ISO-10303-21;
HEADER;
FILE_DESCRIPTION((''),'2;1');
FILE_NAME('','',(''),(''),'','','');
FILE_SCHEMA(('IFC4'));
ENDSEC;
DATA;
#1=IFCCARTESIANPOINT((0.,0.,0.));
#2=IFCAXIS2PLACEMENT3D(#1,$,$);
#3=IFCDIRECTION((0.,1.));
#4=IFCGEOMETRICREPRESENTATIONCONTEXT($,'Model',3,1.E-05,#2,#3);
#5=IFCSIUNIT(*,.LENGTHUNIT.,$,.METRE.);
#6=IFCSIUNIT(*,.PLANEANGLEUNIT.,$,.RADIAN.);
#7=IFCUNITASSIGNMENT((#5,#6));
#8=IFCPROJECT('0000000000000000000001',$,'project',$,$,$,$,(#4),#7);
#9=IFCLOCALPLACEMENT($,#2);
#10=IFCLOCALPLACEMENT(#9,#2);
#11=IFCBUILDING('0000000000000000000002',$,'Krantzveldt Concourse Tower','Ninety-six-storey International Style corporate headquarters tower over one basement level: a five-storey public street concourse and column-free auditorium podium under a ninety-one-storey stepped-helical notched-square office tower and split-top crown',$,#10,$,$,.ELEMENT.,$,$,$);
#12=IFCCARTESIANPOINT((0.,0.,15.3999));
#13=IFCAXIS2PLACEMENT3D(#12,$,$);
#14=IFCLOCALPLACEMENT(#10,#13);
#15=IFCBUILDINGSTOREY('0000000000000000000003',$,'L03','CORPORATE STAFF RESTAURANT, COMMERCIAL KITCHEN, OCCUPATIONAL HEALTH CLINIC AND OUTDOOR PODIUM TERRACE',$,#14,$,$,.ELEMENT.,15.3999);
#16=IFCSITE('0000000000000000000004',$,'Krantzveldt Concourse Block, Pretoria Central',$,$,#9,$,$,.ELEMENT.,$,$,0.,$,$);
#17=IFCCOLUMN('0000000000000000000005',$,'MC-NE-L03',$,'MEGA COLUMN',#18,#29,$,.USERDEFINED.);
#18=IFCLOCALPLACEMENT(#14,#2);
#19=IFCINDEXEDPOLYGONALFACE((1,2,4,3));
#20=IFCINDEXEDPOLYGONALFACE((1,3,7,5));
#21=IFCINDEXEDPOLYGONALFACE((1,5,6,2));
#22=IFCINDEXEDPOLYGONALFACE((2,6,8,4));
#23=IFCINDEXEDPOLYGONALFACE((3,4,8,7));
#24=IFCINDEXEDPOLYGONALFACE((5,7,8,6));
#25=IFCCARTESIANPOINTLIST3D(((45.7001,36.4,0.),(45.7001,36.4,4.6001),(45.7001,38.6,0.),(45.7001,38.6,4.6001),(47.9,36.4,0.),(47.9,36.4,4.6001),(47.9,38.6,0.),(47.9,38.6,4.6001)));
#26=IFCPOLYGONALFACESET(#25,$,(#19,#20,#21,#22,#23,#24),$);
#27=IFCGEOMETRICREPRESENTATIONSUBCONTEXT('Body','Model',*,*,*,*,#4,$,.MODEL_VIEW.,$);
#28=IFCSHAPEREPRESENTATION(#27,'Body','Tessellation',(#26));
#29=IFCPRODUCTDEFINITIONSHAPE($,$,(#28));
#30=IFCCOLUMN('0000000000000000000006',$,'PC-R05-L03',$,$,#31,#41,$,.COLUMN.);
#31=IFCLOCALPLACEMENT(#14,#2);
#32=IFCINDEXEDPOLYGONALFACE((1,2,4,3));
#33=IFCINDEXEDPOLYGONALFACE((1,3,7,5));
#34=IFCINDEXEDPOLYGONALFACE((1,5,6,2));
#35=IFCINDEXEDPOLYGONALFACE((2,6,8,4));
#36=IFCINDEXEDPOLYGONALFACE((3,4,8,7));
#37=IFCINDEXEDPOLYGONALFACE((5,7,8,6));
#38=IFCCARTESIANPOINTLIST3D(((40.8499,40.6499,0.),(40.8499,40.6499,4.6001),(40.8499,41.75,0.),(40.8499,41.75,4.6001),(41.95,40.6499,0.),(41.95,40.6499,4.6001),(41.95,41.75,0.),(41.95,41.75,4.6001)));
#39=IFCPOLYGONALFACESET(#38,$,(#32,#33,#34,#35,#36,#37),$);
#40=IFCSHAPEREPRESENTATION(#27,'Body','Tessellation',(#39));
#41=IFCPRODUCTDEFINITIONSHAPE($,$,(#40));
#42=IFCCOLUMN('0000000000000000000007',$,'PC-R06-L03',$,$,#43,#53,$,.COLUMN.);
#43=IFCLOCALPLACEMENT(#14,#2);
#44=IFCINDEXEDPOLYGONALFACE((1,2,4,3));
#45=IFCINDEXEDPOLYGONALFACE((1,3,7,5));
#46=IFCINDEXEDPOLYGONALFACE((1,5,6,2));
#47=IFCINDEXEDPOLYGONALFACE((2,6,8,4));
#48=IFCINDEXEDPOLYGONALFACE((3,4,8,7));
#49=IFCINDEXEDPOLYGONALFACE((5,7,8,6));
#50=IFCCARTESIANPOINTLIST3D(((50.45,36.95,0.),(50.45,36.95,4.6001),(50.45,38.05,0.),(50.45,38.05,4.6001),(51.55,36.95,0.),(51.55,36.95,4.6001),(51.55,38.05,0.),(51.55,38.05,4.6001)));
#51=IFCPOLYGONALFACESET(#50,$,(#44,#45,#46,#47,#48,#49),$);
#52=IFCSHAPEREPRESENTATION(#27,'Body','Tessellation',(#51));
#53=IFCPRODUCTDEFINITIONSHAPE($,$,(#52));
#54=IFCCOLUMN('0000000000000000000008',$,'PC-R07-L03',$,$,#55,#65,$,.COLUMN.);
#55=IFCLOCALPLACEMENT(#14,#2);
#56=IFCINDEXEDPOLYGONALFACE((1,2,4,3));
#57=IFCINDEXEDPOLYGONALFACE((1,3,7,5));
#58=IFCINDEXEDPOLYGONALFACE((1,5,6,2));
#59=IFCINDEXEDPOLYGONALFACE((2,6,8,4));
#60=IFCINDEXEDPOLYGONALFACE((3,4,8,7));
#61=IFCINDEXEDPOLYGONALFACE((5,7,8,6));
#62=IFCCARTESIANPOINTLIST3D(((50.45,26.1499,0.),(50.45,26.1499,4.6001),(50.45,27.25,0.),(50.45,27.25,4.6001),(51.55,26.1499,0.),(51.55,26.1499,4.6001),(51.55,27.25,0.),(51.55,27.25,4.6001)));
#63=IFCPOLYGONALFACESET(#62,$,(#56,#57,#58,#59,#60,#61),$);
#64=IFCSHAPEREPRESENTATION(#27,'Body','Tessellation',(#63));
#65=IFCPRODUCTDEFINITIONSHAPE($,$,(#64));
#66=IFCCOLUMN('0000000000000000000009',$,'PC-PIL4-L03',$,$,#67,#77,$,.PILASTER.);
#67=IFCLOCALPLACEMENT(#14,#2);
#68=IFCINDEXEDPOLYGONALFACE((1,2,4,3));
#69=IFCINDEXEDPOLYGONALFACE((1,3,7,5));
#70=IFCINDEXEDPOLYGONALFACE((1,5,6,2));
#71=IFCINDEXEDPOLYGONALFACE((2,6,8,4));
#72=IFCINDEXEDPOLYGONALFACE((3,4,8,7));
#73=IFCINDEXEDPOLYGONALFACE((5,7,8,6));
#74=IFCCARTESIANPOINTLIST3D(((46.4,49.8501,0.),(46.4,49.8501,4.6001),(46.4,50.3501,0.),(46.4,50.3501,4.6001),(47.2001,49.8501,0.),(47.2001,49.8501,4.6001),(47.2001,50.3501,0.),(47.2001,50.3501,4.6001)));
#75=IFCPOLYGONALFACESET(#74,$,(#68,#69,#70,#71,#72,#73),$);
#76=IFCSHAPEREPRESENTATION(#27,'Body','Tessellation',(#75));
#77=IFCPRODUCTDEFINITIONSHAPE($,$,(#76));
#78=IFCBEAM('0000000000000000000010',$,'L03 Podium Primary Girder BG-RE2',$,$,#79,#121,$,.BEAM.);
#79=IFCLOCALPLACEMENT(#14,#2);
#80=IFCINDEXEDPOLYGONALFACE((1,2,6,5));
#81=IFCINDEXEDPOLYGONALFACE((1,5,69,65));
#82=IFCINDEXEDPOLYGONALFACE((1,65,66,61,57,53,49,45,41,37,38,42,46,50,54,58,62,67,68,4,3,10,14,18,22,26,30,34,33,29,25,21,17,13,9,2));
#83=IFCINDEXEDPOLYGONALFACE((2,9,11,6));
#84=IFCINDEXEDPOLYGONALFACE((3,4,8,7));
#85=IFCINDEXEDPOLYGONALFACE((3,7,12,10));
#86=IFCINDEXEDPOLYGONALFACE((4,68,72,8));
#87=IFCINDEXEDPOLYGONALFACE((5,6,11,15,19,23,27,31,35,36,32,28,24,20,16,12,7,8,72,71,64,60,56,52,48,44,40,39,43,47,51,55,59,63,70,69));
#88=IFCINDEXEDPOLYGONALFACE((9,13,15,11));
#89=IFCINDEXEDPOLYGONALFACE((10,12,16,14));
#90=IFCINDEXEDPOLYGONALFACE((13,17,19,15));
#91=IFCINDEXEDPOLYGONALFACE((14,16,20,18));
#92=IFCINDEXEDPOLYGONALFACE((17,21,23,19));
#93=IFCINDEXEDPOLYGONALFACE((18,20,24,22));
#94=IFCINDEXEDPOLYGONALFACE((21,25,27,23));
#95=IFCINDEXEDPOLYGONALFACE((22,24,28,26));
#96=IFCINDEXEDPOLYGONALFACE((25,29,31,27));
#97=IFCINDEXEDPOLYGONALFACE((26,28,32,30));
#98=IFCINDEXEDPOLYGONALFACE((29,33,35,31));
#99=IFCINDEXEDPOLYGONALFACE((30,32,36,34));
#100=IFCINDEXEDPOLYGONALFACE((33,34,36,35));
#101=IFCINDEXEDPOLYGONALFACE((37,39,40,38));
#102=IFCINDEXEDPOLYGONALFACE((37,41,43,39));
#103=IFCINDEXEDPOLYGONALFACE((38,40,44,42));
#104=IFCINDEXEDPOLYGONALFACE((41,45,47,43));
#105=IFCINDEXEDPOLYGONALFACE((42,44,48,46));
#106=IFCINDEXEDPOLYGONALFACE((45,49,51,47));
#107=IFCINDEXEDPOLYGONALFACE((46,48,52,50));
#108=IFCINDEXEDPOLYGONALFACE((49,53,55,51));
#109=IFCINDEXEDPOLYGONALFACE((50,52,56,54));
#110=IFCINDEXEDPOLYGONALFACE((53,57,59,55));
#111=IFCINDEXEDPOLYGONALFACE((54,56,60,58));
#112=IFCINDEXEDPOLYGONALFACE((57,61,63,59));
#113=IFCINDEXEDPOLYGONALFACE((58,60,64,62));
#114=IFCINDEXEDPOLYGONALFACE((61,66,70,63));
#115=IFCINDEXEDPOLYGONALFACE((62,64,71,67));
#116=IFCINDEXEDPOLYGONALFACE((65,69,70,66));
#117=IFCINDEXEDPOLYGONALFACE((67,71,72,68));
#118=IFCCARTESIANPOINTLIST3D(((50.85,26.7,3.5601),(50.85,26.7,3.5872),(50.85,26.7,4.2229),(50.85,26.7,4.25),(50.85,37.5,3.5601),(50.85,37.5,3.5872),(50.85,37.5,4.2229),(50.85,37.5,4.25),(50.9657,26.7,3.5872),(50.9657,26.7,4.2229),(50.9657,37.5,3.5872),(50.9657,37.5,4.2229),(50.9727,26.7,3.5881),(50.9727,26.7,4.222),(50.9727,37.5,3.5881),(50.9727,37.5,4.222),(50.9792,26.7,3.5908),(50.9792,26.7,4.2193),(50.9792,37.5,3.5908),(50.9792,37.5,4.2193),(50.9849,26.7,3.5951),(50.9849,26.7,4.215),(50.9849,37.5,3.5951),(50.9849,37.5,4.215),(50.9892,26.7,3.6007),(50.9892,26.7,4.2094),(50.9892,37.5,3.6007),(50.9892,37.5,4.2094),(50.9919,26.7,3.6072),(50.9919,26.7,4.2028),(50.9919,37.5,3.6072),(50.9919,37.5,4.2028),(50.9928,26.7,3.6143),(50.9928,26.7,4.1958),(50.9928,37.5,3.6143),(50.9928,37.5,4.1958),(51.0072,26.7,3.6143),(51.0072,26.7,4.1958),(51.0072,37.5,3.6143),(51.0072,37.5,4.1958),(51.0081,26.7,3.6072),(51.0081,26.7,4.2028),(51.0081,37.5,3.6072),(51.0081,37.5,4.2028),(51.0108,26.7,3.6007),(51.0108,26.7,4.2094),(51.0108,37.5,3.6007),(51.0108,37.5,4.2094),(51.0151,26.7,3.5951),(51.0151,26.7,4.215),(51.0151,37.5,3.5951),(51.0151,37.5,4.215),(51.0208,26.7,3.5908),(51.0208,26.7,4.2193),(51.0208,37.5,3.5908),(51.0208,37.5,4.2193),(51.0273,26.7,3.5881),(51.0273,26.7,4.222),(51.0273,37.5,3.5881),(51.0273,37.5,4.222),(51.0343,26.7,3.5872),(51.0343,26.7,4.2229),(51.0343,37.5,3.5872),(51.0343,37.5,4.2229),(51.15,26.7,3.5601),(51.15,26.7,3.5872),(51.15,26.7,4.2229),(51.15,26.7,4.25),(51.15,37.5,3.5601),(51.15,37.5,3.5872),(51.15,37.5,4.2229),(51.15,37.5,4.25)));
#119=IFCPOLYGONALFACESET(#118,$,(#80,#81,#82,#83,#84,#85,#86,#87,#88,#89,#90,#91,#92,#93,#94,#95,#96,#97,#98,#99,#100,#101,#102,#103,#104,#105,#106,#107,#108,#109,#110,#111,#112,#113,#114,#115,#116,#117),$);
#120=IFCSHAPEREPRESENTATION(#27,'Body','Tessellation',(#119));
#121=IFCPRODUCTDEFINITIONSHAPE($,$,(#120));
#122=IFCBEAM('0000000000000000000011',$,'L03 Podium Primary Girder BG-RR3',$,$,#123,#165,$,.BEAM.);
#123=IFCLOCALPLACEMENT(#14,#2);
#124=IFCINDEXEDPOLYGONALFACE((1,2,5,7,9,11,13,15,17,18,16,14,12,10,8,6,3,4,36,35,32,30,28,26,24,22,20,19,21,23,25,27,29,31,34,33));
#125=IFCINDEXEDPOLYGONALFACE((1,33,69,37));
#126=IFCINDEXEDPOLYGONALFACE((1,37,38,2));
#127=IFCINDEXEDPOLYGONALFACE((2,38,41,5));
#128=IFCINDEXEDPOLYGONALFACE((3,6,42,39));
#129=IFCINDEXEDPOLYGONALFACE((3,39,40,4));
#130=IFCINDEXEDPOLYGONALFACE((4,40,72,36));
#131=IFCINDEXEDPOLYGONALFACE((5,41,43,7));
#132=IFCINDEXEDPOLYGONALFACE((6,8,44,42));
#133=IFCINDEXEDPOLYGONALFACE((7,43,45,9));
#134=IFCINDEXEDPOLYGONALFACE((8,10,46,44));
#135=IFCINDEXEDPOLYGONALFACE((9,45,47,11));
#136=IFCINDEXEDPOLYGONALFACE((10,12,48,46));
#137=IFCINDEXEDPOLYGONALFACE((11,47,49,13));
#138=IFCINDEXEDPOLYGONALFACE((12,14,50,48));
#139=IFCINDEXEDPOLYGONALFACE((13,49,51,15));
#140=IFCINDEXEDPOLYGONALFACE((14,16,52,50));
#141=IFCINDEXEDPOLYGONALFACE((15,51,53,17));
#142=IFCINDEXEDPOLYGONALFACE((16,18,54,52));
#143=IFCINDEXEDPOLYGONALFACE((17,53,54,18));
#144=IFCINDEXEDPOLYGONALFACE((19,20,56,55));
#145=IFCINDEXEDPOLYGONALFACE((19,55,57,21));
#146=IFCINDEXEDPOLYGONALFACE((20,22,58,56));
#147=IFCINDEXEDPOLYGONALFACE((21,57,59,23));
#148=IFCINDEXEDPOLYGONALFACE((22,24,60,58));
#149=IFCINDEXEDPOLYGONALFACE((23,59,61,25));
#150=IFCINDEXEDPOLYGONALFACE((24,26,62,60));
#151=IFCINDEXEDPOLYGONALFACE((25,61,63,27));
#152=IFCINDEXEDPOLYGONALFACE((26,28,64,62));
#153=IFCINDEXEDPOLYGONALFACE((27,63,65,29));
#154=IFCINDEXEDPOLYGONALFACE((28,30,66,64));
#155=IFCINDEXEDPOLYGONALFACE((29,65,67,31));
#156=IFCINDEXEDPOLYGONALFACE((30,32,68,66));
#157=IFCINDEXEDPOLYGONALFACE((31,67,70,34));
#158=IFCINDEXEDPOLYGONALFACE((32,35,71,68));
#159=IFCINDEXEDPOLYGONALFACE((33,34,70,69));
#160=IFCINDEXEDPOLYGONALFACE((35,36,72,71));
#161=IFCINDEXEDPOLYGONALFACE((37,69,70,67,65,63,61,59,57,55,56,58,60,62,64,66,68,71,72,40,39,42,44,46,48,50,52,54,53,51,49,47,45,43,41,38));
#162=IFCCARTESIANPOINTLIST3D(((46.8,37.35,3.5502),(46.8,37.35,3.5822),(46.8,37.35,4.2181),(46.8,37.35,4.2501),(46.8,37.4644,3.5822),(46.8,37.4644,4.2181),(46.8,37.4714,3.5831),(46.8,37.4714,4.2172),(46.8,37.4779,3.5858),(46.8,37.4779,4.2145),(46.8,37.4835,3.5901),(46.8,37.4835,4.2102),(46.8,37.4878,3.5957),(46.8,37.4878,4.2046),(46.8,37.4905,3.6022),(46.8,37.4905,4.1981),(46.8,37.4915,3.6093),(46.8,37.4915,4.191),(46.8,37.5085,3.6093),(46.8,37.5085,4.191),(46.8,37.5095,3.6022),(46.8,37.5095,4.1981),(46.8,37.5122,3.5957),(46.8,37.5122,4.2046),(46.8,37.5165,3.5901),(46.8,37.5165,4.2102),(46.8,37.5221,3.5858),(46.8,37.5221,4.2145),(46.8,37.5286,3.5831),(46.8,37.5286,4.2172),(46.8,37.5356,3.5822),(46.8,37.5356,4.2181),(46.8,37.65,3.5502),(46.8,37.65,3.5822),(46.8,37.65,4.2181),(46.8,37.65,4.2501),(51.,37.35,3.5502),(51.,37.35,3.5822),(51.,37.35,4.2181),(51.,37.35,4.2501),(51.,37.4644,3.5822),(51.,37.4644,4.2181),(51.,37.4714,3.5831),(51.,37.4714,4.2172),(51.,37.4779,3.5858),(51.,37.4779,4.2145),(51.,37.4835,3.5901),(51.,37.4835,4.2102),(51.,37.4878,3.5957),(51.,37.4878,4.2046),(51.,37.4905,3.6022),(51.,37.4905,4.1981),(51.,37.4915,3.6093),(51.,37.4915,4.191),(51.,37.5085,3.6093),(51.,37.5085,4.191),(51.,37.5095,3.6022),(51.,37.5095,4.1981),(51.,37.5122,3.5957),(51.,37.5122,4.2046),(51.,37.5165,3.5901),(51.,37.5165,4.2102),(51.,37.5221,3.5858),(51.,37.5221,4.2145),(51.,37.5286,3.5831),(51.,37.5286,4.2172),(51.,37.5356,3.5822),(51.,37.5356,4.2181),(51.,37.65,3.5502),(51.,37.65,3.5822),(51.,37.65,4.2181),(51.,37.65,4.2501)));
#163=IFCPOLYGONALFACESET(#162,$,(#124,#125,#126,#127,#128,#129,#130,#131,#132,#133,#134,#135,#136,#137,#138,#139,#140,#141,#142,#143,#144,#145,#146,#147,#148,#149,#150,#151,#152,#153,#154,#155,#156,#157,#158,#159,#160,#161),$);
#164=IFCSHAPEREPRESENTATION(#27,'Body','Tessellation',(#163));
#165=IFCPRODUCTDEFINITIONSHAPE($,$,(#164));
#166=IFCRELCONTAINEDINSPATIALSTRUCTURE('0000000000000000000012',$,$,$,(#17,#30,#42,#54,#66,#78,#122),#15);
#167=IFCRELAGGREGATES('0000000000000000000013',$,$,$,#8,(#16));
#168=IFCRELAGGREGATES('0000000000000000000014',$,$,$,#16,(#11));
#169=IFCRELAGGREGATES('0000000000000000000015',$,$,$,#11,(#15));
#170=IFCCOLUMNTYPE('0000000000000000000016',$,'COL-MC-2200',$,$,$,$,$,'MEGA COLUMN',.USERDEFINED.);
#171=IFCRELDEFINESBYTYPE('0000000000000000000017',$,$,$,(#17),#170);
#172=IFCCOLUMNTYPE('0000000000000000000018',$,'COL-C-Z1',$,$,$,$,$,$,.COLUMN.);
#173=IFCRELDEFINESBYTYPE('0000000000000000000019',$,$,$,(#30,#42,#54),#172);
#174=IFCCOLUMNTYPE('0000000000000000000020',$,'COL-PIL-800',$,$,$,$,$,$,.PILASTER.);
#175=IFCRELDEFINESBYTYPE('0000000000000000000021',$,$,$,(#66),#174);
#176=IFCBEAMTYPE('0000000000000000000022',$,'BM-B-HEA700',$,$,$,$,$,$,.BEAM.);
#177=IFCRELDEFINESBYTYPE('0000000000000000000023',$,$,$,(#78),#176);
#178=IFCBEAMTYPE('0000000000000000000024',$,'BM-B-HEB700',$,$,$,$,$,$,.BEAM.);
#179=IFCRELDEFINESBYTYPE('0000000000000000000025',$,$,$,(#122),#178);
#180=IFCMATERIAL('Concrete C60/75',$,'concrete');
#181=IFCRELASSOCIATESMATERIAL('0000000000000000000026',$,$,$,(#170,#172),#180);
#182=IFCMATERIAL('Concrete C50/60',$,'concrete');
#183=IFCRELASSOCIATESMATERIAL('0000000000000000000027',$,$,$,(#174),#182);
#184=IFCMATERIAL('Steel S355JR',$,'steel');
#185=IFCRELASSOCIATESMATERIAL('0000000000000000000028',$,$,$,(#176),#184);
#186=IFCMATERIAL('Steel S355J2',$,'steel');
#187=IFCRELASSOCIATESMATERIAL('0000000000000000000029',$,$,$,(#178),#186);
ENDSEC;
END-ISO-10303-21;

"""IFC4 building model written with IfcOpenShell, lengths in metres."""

from ifc_helpers import new_model, si_unit, direction, frame, origin, origin_2d, place, context, subcontext, project, spatial, rectangle, i_section, extrude, source, transform, mapped, material, material_profile, profile_set, type_object, type_shapes, element, save


model = new_model("IFC4")

# Units and contexts
model_context = context("Model", 3, precision=1e-05, world=origin(), true_north=direction((0.0, 1.0)))
body_context = subcontext(model_context, "Body", "Model", "MODEL_VIEW")
ifc_project = project(units=[si_unit("LENGTHUNIT", "METRE"), si_unit("PLANEANGLEUNIT", "RADIAN")], contexts=[model_context])

# Site, building, storey
site_placement = place(None, origin())
site = spatial("IfcSite", under=ifc_project, at=site_placement, Name="Krantzveldt Concourse Block, Pretoria Central", CompositionType="ELEMENT", RefElevation=0.0)
building_placement = place(site_placement, origin())
building = spatial("IfcBuilding", under=site, at=building_placement, Name="Krantzveldt Concourse Tower", Description="Ninety-six-storey International Style corporate headquarters tower over one basement level: a five-storey public street concourse and column-free auditorium podium under a ninety-one-storey stepped-helical notched-square office tower and split-top crown", CompositionType="ELEMENT")
storey_placement = place(building_placement, frame((0.0, 0.0, 15.3999)))
storey = spatial("IfcBuildingStorey", under=building, at=storey_placement, Name="L03", Description="CORPORATE STAFF RESTAURANT, COMMERCIAL KITCHEN, OCCUPATIONAL HEALTH CLINIC AND OUTDOOR PODIUM TERRACE", CompositionType="ELEMENT", Elevation=15.3999)

# Columns
ifc_material_1 = material(Name="Concrete C60/75", Category="concrete")
ifc_material_profile_1 = material_profile(ifc_material_1, rectangle(XDim=2.2, YDim=2.2, at=origin_2d()), Name="Concrete C60/75", Category="concrete")
ifc_profile_set_1 = profile_set([ifc_material_profile_1], Name="Concrete C60/75 - RC 2200x2200")
column_type_1 = type_object("IfcColumnType", Name="COL-MC-2200", ElementType="MEGA COLUMN", PredefinedType="USERDEFINED", material=ifc_profile_set_1)
shared_shape_1 = source(origin(), body_context, "Body", "SweptSolid", [
    extrude(rectangle(XDim=2.2, YDim=2.2, at=origin_2d()), origin(), (0.0, 0.0, 1.0), 4.6001),
])
type_shapes(column_type_1, [shared_shape_1])
column_1_placement = place(storey_placement, frame((46.8, 37.5, 0.0), z_axis=(0.0, 0.0, 1.0), x_axis=(1.0, 0.0, 0.0)))
element("IfcColumn", 1, at=column_1_placement, inside=storey, type_object=column_type_1, Name="MC-NE-L03", ObjectType="MEGA COLUMN", PredefinedType="USERDEFINED", context=body_context, shape_type="MappedRepresentation", body=[
    mapped(shared_shape_1, transform((0.0, 0.0, 0.0), x_axis=(1.0, 0.0, 0.0), y_axis=(0.0, 1.0, 0.0), z_axis=(0.0, 0.0, 1.0), scale=1.0)),
])
ifc_material_profile_2 = material_profile(ifc_material_1, rectangle(XDim=1.1001, YDim=1.1001, at=origin_2d()), Name="Concrete C60/75", Category="concrete")
ifc_profile_set_2 = profile_set([ifc_material_profile_2], Name="Concrete C60/75 - RC 1100x1100")
column_type_2 = type_object("IfcColumnType", Name="COL-C-Z1", PredefinedType="COLUMN", material=ifc_profile_set_2)
shared_shape_2 = source(origin(), body_context, "Body", "SweptSolid", [
    extrude(rectangle(XDim=1.1001, YDim=1.1001, at=origin_2d()), origin(), (0.0, 0.0, 1.0), 4.6001),
])
type_shapes(column_type_2, [shared_shape_2])
for number, where, z_axis, x_axis, name in (
    (2, (41.3999, 41.2, 0.0), (0.0, 0.0, 1.0), (1.0, 0.0, 0.0), "PC-R05-L03"),
    (3, (51.0, 37.5, 0.0), (0.0, 0.0, 1.0), (1.0, 0.0, 0.0), "PC-R06-L03"),
    (4, (51.0, 26.7, 0.0), (0.0, 0.0, 1.0), (1.0, 0.0, 0.0), "PC-R07-L03"),
):
    element("IfcColumn", number, at=place(storey_placement, frame(where, z_axis=z_axis, x_axis=x_axis)), inside=storey, type_object=column_type_2, Name=name, PredefinedType="COLUMN", context=body_context, shape_type="MappedRepresentation", body=[
        mapped(shared_shape_2, transform((0.0, 0.0, 0.0), x_axis=(1.0, 0.0, 0.0), y_axis=(0.0, 1.0, 0.0), z_axis=(0.0, 0.0, 1.0), scale=1.0)),
    ])
ifc_material_2 = material(Name="Concrete C50/60", Category="concrete")
ifc_material_profile_3 = material_profile(ifc_material_2, rectangle(XDim=0.8, YDim=0.5, at=origin_2d()), Name="Concrete C50/60", Category="concrete")
ifc_profile_set_3 = profile_set([ifc_material_profile_3], Name="Concrete C50/60 - RC-PIL 800x500")
column_type_3 = type_object("IfcColumnType", Name="COL-PIL-800", PredefinedType="PILASTER", material=ifc_profile_set_3)
shared_shape_3 = source(origin(), body_context, "Body", "SweptSolid", [
    extrude(rectangle(XDim=0.8, YDim=0.5, at=origin_2d()), origin(), (0.0, 0.0, 1.0), 4.6001),
])
type_shapes(column_type_3, [shared_shape_3])
column_2_placement = place(storey_placement, frame((46.8, 50.1001, 0.0), z_axis=(0.0, 0.0, 1.0), x_axis=(1.0, 0.0, 0.0)))
element("IfcColumn", 5, at=column_2_placement, inside=storey, type_object=column_type_3, Name="PC-PIL4-L03", PredefinedType="PILASTER", context=body_context, shape_type="MappedRepresentation", body=[
    mapped(shared_shape_3, transform((0.0, 0.0, 0.0), x_axis=(1.0, 0.0, 0.0), y_axis=(0.0, 1.0, 0.0), z_axis=(0.0, 0.0, 1.0), scale=1.0)),
])

# Beams
ifc_material_3 = material(Name="Steel S355JR", Category="steel")
ifc_material_profile_4 = material_profile(ifc_material_3, i_section(OverallWidth=0.3, OverallDepth=0.6899, WebThickness=0.0144, FlangeThickness=0.0271, FilletRadius=0.0271, at=origin_2d()), Name="Steel S355JR", Category="steel")
ifc_profile_set_4 = profile_set([ifc_material_profile_4], Name="Steel S355JR - HEA 700")
beam_type_1 = type_object("IfcBeamType", Name="BM-B-HEA700", PredefinedType="BEAM", material=ifc_profile_set_4)
shared_shape_4 = source(origin(), body_context, "Body", "SweptSolid", [
    extrude(i_section(OverallWidth=0.3, OverallDepth=0.6899, WebThickness=0.0144, FlangeThickness=0.0271, FilletRadius=0.0271, at=origin_2d()), origin(), (0.0, 0.0, 1.0), 10.8),
])
beam_1_placement = place(storey_placement, frame((51.0, 26.7, 3.905), z_axis=(0.0, 1.0, 0.0), x_axis=(-1.0, 0.0, 0.0)))
element("IfcBeam", 6, at=beam_1_placement, inside=storey, type_object=beam_type_1, Name="L03 Podium Primary Girder BG-RE2", PredefinedType="BEAM", context=body_context, shape_type="MappedRepresentation", body=[
    mapped(shared_shape_4, transform((0.0, 0.0, 0.0), x_axis=(1.0, 0.0, 0.0), y_axis=(0.0, 1.0, 0.0), z_axis=(0.0, 0.0, 1.0), scale=1.0)),
])
ifc_material_4 = material(Name="Steel S355J2", Category="steel")
ifc_material_profile_5 = material_profile(ifc_material_4, i_section(OverallWidth=0.3, OverallDepth=0.7, WebThickness=0.0171, FlangeThickness=0.032, FilletRadius=0.0271, at=origin_2d()), Name="Steel S355J2", Category="steel")
ifc_profile_set_5 = profile_set([ifc_material_profile_5], Name="Steel S355J2 - HEB 700")
beam_type_2 = type_object("IfcBeamType", Name="BM-B-HEB700", PredefinedType="BEAM", material=ifc_profile_set_5)
shared_shape_5 = source(origin(), body_context, "Body", "SweptSolid", [
    extrude(i_section(OverallWidth=0.3, OverallDepth=0.7, WebThickness=0.0171, FlangeThickness=0.032, FilletRadius=0.0271, at=origin_2d()), origin(), (0.0, 0.0, 1.0), 4.2),
])
type_shapes(beam_type_2, [shared_shape_5])
beam_2_placement = place(storey_placement, frame((46.8, 37.5, 3.9001), z_axis=(1.0, 0.0, 0.0), x_axis=(0.0, 1.0, 0.0)))
element("IfcBeam", 7, at=beam_2_placement, inside=storey, type_object=beam_type_2, Name="L03 Podium Primary Girder BG-RR3", PredefinedType="BEAM", context=body_context, shape_type="MappedRepresentation", body=[
    mapped(shared_shape_5, transform((0.0, 0.0, 0.0), x_axis=(1.0, 0.0, 0.0), y_axis=(0.0, 1.0, 0.0), z_axis=(0.0, 0.0, 1.0), scale=1.0)),
])

save(model, "model.ifc")
